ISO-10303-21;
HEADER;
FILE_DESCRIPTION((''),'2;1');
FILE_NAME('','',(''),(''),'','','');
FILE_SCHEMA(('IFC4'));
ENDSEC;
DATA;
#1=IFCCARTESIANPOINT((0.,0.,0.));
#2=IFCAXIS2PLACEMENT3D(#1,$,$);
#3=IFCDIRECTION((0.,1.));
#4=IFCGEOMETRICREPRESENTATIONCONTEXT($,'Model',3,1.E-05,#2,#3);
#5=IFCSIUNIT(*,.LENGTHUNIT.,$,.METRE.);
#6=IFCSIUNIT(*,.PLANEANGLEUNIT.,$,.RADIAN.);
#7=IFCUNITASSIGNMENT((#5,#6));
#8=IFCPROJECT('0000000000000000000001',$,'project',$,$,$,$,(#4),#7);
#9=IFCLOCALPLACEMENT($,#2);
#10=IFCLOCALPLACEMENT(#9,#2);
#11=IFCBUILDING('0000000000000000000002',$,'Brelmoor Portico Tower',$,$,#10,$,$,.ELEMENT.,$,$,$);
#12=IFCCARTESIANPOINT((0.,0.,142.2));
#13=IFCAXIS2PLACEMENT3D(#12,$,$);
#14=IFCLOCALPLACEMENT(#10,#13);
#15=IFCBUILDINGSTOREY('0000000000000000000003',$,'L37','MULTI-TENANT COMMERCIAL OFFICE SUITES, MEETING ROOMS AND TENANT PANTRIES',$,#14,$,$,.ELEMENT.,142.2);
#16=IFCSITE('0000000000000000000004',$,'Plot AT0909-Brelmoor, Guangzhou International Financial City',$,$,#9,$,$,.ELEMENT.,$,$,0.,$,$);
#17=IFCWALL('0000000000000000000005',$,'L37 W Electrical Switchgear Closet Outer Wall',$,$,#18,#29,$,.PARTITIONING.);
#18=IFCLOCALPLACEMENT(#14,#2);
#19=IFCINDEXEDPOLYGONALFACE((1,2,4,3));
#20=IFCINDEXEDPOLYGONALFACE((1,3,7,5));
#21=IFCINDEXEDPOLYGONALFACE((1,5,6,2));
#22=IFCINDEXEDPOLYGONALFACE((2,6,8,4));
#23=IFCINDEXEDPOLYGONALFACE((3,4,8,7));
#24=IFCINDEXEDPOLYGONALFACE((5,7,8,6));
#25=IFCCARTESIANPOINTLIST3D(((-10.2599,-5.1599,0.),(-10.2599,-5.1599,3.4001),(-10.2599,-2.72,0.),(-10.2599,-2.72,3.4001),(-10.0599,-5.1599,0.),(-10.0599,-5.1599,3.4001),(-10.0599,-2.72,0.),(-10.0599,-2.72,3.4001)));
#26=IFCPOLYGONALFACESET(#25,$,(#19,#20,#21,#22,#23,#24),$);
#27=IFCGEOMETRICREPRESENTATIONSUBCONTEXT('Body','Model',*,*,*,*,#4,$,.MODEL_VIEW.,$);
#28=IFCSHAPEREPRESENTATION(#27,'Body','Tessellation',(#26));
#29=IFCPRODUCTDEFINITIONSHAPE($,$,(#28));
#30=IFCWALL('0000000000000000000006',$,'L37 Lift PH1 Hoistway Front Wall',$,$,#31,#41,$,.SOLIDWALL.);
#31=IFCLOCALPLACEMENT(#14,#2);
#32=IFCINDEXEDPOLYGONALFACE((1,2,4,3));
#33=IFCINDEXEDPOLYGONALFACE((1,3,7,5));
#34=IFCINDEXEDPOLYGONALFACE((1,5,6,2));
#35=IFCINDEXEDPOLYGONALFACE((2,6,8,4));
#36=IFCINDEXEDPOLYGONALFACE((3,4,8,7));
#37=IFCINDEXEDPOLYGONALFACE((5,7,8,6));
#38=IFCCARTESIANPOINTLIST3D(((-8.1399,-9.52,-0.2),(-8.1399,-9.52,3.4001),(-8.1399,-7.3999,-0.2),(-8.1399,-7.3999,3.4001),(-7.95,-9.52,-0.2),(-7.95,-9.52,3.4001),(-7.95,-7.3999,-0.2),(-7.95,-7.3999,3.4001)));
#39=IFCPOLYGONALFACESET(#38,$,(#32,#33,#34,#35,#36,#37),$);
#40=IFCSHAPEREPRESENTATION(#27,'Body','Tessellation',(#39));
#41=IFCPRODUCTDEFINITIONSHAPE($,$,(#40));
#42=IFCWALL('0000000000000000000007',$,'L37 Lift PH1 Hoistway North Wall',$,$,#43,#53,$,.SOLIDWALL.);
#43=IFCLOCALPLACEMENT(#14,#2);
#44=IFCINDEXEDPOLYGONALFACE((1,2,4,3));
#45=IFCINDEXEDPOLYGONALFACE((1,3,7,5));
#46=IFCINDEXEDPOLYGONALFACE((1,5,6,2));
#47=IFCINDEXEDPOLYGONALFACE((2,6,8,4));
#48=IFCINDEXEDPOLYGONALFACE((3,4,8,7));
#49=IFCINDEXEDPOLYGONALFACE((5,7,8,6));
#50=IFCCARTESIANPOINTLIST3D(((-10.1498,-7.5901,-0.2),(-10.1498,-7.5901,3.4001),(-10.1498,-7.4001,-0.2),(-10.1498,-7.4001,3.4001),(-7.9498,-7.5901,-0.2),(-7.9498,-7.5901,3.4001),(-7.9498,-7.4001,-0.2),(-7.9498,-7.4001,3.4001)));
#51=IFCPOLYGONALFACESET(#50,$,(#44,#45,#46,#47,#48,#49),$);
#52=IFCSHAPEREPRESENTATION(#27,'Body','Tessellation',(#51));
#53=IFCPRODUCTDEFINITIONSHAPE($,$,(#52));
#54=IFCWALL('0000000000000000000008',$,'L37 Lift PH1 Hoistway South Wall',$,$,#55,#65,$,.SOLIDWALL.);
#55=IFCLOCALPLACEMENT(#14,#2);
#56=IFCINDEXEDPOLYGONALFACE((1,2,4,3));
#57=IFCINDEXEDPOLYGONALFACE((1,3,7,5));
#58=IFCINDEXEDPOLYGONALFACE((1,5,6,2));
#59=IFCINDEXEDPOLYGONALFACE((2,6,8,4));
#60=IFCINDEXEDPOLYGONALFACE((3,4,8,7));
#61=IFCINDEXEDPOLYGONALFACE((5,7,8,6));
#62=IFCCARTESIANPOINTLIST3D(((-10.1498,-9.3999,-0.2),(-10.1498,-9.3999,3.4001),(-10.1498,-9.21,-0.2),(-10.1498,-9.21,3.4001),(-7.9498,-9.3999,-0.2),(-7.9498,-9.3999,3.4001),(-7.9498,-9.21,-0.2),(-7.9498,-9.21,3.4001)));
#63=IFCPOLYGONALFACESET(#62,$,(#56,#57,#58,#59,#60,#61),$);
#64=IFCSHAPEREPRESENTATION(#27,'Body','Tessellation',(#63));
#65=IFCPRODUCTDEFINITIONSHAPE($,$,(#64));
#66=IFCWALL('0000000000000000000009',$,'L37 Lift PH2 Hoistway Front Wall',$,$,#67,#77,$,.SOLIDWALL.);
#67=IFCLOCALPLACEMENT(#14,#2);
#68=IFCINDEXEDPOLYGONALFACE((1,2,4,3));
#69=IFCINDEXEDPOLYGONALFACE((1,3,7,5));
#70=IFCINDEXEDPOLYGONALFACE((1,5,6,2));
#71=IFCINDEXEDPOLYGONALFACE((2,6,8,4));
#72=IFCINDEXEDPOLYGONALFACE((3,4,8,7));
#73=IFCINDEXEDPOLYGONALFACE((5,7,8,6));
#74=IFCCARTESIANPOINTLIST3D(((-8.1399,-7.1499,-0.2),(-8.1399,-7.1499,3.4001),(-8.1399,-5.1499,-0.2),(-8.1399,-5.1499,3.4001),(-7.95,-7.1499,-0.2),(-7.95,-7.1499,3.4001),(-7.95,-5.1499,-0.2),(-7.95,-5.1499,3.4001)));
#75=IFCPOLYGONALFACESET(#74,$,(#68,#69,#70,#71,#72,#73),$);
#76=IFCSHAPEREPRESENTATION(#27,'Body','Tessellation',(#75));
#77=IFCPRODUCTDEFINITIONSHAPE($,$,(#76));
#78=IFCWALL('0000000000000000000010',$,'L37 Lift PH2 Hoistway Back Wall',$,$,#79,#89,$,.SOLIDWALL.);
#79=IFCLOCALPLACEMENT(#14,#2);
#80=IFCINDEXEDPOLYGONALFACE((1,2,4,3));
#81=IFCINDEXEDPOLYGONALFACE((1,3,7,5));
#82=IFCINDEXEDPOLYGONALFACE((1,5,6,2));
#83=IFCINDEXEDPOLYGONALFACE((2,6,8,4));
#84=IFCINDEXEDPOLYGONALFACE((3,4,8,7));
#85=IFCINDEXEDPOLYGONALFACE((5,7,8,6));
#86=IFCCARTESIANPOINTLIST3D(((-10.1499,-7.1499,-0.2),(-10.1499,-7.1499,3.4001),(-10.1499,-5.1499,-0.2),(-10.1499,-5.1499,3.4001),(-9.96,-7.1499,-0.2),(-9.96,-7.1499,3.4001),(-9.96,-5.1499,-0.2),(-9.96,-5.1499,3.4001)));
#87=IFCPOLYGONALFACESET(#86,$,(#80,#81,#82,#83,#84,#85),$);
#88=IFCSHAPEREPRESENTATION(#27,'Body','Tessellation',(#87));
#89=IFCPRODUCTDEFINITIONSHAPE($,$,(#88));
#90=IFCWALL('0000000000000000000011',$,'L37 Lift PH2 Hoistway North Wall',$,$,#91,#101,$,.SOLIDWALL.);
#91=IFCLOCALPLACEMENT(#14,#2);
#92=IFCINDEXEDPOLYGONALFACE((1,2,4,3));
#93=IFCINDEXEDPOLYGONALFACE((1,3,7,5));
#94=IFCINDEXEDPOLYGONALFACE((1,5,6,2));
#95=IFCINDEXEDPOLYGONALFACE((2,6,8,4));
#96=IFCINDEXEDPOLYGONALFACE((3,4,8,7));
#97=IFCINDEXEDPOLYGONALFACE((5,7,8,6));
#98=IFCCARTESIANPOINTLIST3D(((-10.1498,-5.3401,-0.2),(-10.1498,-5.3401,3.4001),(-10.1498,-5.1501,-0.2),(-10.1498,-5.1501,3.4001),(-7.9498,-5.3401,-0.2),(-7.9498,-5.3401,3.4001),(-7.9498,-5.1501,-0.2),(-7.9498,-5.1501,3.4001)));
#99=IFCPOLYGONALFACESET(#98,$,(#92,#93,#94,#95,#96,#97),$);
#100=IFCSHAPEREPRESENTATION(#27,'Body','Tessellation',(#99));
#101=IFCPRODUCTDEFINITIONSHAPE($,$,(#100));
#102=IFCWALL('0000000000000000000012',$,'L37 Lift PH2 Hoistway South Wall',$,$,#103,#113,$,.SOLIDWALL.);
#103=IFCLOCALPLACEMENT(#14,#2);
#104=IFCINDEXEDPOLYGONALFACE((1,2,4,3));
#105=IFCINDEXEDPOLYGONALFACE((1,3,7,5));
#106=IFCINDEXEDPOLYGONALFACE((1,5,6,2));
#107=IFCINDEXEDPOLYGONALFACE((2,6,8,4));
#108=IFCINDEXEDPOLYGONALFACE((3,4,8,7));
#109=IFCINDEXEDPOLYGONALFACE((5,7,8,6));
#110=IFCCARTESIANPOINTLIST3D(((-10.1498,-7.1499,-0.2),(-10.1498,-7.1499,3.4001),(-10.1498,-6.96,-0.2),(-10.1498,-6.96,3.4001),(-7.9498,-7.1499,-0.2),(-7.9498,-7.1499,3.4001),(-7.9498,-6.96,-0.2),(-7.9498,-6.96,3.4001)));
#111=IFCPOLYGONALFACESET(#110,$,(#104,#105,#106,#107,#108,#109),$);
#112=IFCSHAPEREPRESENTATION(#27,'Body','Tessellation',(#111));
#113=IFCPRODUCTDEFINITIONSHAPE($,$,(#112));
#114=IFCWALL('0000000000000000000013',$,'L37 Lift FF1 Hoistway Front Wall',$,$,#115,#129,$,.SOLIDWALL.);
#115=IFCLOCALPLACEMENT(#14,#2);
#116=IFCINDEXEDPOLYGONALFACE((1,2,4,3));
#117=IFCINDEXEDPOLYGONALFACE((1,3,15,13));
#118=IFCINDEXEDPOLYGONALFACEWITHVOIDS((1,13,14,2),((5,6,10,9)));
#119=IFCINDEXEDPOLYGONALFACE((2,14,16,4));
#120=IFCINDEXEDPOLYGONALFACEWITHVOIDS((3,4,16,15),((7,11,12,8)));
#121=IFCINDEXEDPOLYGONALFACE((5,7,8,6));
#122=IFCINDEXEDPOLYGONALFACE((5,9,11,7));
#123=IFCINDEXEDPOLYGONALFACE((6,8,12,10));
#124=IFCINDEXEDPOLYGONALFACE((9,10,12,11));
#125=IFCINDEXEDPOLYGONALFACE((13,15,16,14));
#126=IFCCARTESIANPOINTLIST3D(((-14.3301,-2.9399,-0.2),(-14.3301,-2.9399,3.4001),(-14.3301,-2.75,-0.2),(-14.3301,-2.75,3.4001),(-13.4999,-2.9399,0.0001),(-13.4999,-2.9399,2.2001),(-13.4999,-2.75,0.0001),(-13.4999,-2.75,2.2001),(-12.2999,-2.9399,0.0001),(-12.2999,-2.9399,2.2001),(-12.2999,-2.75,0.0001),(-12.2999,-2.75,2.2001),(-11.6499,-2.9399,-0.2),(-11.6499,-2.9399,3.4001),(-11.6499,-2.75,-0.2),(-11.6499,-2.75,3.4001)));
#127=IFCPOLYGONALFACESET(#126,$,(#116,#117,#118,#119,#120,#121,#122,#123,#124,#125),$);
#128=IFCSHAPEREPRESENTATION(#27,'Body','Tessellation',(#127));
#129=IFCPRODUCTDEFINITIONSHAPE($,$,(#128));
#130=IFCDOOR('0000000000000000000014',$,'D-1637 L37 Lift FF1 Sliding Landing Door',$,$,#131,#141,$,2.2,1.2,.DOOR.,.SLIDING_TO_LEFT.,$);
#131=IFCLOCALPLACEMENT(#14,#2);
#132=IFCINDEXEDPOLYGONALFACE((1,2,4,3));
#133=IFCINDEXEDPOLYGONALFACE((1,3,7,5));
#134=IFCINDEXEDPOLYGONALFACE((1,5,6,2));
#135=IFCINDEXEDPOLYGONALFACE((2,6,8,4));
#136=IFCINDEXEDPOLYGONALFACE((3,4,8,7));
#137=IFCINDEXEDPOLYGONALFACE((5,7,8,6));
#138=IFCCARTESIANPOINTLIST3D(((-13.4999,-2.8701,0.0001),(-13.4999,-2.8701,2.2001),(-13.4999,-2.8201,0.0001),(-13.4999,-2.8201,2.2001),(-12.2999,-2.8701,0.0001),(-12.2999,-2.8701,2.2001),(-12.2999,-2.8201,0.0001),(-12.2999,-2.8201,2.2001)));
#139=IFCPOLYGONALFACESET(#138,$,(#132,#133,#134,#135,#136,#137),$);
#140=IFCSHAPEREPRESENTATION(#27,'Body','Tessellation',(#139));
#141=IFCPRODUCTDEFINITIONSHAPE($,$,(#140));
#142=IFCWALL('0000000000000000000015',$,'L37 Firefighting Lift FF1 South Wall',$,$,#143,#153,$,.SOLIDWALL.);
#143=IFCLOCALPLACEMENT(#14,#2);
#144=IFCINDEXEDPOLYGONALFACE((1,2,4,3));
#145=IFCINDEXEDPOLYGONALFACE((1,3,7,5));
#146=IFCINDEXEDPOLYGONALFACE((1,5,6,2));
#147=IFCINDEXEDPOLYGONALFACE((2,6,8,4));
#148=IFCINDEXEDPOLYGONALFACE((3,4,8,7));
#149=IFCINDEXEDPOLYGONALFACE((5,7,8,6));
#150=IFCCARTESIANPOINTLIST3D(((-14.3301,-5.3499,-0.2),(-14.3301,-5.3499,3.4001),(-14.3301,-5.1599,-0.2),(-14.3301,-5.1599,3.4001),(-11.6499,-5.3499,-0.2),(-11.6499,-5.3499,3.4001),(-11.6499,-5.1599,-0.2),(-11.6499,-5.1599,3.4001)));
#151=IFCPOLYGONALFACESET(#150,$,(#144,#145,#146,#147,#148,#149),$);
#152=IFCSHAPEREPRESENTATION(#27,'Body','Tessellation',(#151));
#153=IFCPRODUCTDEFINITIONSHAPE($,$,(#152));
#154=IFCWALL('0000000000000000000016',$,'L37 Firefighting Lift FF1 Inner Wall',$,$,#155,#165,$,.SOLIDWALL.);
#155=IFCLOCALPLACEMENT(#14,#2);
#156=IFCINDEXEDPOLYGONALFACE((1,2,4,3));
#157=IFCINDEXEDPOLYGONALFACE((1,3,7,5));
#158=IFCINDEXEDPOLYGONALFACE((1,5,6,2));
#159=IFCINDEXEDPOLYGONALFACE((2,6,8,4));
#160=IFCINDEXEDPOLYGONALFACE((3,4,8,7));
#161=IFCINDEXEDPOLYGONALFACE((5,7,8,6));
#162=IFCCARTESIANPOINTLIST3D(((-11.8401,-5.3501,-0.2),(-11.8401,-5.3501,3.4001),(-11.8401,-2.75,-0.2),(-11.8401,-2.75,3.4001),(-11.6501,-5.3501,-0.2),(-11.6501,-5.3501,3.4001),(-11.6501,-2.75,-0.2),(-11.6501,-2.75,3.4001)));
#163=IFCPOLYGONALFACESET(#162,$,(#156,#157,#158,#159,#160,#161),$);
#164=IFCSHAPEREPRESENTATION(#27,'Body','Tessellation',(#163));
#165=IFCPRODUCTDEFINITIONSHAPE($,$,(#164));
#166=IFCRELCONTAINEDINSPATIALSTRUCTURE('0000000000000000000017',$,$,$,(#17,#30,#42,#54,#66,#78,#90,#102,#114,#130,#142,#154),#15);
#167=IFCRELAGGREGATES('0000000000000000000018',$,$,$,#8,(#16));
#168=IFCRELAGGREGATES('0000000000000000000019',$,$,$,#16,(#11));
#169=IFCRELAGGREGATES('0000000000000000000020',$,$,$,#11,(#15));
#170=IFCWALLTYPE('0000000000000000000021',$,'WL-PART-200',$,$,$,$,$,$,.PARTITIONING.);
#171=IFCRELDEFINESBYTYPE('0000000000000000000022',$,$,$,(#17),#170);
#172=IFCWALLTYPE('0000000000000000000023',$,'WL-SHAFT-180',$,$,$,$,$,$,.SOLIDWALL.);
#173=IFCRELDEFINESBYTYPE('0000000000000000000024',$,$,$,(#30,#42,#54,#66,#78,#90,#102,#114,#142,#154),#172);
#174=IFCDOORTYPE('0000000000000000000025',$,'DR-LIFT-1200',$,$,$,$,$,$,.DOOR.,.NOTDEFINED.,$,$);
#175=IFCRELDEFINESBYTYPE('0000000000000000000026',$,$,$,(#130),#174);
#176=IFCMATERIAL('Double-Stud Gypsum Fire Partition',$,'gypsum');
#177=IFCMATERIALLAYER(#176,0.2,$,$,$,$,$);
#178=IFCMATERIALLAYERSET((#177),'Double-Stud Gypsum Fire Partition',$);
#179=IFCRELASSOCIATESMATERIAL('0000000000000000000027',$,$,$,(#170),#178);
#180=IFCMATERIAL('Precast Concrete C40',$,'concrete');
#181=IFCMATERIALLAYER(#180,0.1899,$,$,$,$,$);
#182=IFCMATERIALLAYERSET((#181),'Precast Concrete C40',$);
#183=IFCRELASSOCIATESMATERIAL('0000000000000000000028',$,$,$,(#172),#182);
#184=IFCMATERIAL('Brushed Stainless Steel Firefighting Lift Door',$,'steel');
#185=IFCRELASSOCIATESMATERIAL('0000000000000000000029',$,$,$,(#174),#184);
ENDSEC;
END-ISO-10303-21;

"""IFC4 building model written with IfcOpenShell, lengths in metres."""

from ifc_helpers import new_model, si_unit, direction, frame, frame_2d, origin, place, context, subcontext, project, spatial, rectangle, extrude, material, layer, layer_set, type_object, element, fill, save


model = new_model("IFC4")

# Units and contexts
model_context = context("Model", 3, precision=1e-05, world=origin(), true_north=direction((0.0, 1.0)))
body_context = subcontext(model_context, "Body", "Model", "MODEL_VIEW")
ifc_project = project(units=[si_unit("LENGTHUNIT", "METRE"), si_unit("PLANEANGLEUNIT", "RADIAN")], contexts=[model_context])

# Site, building, storey
site_placement = place(None, origin())
site = spatial("IfcSite", under=ifc_project, at=site_placement, Name="Plot AT0909-Brelmoor, Guangzhou International Financial City", CompositionType="ELEMENT", RefElevation=0.0)
building_placement = place(site_placement, origin())
building = spatial("IfcBuilding", under=site, at=building_placement, Name="Brelmoor Portico Tower", CompositionType="ELEMENT")
storey_placement = place(building_placement, frame((0.0, 0.0, 142.2)))
storey = spatial("IfcBuildingStorey", under=building, at=storey_placement, Name="L37", Description="MULTI-TENANT COMMERCIAL OFFICE SUITES, MEETING ROOMS AND TENANT PANTRIES", CompositionType="ELEMENT", Elevation=142.2)

# Shared definitions
ifc_material_1 = material(Name="Double-Stud Gypsum Fire Partition", Category="gypsum")
ifc_layer_1 = layer(ifc_material_1, 0.2)
ifc_layer_set_1 = layer_set([ifc_layer_1], Name="Double-Stud Gypsum Fire Partition")
wall_type_1 = type_object("IfcWallType", Name="WL-PART-200", PredefinedType="PARTITIONING", material=ifc_layer_set_1)

# Walls
for number, where, z_axis, x_axis, name in (
    (1, (-10.1599, -5.1599, 0.0), (0.0, 0.0, 1.0), (0.0, 1.0, 0.0), "L37 W Electrical Switchgear Closet Outer Wall"),
):
    element("IfcWall", number, at=place(storey_placement, frame(where, z_axis=z_axis, x_axis=x_axis)), inside=storey, type_object=wall_type_1, Name=name, PredefinedType="PARTITIONING", context=body_context, shape_type="SweptSolid", body=[
        extrude(rectangle(XDim=2.4399, YDim=0.2, at=frame_2d((1.22, 0.0))), origin(), (0.0, 0.0, 1.0), 3.4001),
    ])
ifc_material_2 = material(Name="Precast Concrete C40", Category="concrete")
ifc_layer_2 = layer(ifc_material_2, 0.1899)
ifc_layer_set_2 = layer_set([ifc_layer_2], Name="Precast Concrete C40")
wall_type_2 = type_object("IfcWallType", Name="WL-SHAFT-180", PredefinedType="SOLIDWALL", material=ifc_layer_set_2)
wall_1_placement = place(storey_placement, frame((-8.0449, -9.52, -0.2), z_axis=(0.0, 0.0, 1.0), x_axis=(0.0, 1.0, 0.0)))
element("IfcWall", 2, at=wall_1_placement, inside=storey, type_object=wall_type_2, Name="L37 Lift PH1 Hoistway Front Wall", PredefinedType="SOLIDWALL", context=body_context, shape_type="SweptSolid", body=[
    extrude(rectangle(XDim=2.1201, YDim=0.1899, at=frame_2d((1.0601, 0.0))), origin(), (0.0, 0.0, 1.0), 3.6001),
])
for number, where, z_axis, x_axis, name in (
    (3, (-10.1499, -7.4951, -0.2), (0.0, 0.0, 1.0), (1.0, 0.0, 0.0), "L37 Lift PH1 Hoistway North Wall"),
    (4, (-10.1499, -9.3049, -0.2), (0.0, 0.0, 1.0), (1.0, 0.0, 0.0), "L37 Lift PH1 Hoistway South Wall"),
):
    element("IfcWall", number, at=place(storey_placement, frame(where, z_axis=z_axis, x_axis=x_axis)), inside=storey, type_object=wall_type_2, Name=name, PredefinedType="SOLIDWALL", context=body_context, shape_type="SweptSolid", body=[
        extrude(rectangle(XDim=2.2, YDim=0.1899, at=frame_2d((1.1001, 0.0))), origin(), (0.0, 0.0, 1.0), 3.6001),
    ])
for number, where, z_axis, x_axis, name in (
    (5, (-8.0449, -7.1499, -0.2), (0.0, 0.0, 1.0), (0.0, 1.0, 0.0), "L37 Lift PH2 Hoistway Front Wall"),
    (6, (-10.0549, -7.1499, -0.2), (0.0, 0.0, 1.0), (0.0, 1.0, 0.0), "L37 Lift PH2 Hoistway Back Wall"),
):
    element("IfcWall", number, at=place(storey_placement, frame(where, z_axis=z_axis, x_axis=x_axis)), inside=storey, type_object=wall_type_2, Name=name, PredefinedType="SOLIDWALL", context=body_context, shape_type="SweptSolid", body=[
        extrude(rectangle(XDim=2.0, YDim=0.1899, at=frame_2d((1.0, 0.0))), origin(), (0.0, 0.0, 1.0), 3.6001),
    ])
for number, where, z_axis, x_axis, name in (
    (7, (-10.1499, -5.2451, -0.2), (0.0, 0.0, 1.0), (1.0, 0.0, 0.0), "L37 Lift PH2 Hoistway North Wall"),
    (8, (-10.1499, -7.0549, -0.2), (0.0, 0.0, 1.0), (1.0, 0.0, 0.0), "L37 Lift PH2 Hoistway South Wall"),
):
    element("IfcWall", number, at=place(storey_placement, frame(where, z_axis=z_axis, x_axis=x_axis)), inside=storey, type_object=wall_type_2, Name=name, PredefinedType="SOLIDWALL", context=body_context, shape_type="SweptSolid", body=[
        extrude(rectangle(XDim=2.2, YDim=0.1899, at=frame_2d((1.1001, 0.0))), origin(), (0.0, 0.0, 1.0), 3.6001),
    ])

# Wall, opening, door
wall_2_placement = place(storey_placement, frame((-14.3301, -2.845, -0.2), z_axis=(0.0, 0.0, 1.0), x_axis=(1.0, 0.0, 0.0)))
wall_2 = element("IfcWall", 9, at=wall_2_placement, inside=storey, type_object=wall_type_2, Name="L37 Lift FF1 Hoistway Front Wall", PredefinedType="SOLIDWALL", context=body_context, shape_type="SweptSolid", body=[
    extrude(rectangle(XDim=2.6802, YDim=0.1899, at=frame_2d((1.3401, 0.0))), origin(), (0.0, 0.0, 1.0), 3.6001),
])
opening_1_placement = place(wall_2_placement, frame((0.8301, 0.0, 0.2)))
opening_1 = element("IfcOpeningElement", 10, at=opening_1_placement, cuts=wall_2, PredefinedType="OPENING", context=body_context, shape_type="SweptSolid", body=[
    extrude(rectangle(XDim=1.2, YDim=2.2, at=frame_2d((0.6001, 1.1001))), frame((0.0, 0.105, 0.0), z_axis=(0.0, -1.0, 0.0), x_axis=(1.0, 0.0, 0.0)), (0.0, 0.0, 1.0), 0.21),
])
ifc_material_3 = material(Name="Brushed Stainless Steel Firefighting Lift Door", Category="steel")
door_type_1 = type_object("IfcDoorType", Name="DR-LIFT-1200", OperationType="NOTDEFINED", PredefinedType="DOOR", material=ifc_material_3)
door_1_placement = place(opening_1_placement, origin())
door_1 = element("IfcDoor", 11, at=door_1_placement, inside=storey, type_object=door_type_1, Name="D-1637 L37 Lift FF1 Sliding Landing Door", OperationType="SLIDING_TO_LEFT", OverallHeight=2.2, OverallWidth=1.2, PredefinedType="DOOR", context=body_context, shape_type="SweptSolid", body=[
    extrude(rectangle(XDim=1.2, YDim=2.2, at=frame_2d((0.6001, 1.1001))), frame((0.0, 0.0249, 0.0), z_axis=(0.0, -1.0, 0.0), x_axis=(1.0, 0.0, 0.0)), (0.0, 0.0, 1.0), 0.05),
])
fill(opening_1, door_1)

# Walls
wall_3_placement = place(storey_placement, frame((-14.3301, -5.2549, -0.2), z_axis=(0.0, 0.0, 1.0), x_axis=(1.0, 0.0, 0.0)))
element("IfcWall", 12, at=wall_3_placement, inside=storey, type_object=wall_type_2, Name="L37 Firefighting Lift FF1 South Wall", PredefinedType="SOLIDWALL", context=body_context, shape_type="SweptSolid", body=[
    extrude(rectangle(XDim=2.6802, YDim=0.1899, at=frame_2d((1.3401, 0.0))), origin(), (0.0, 0.0, 1.0), 3.6001),
])
wall_4_placement = place(storey_placement, frame((-11.7451, -5.3501, -0.2), z_axis=(0.0, 0.0, 1.0), x_axis=(0.0, 1.0, 0.0)))
element("IfcWall", 13, at=wall_4_placement, inside=storey, type_object=wall_type_2, Name="L37 Firefighting Lift FF1 Inner Wall", PredefinedType="SOLIDWALL", context=body_context, shape_type="SweptSolid", body=[
    extrude(rectangle(XDim=2.6001, YDim=0.1899, at=frame_2d((1.3, 0.0))), origin(), (0.0, 0.0, 1.0), 3.6001),
])

save(model, "model.ifc")
